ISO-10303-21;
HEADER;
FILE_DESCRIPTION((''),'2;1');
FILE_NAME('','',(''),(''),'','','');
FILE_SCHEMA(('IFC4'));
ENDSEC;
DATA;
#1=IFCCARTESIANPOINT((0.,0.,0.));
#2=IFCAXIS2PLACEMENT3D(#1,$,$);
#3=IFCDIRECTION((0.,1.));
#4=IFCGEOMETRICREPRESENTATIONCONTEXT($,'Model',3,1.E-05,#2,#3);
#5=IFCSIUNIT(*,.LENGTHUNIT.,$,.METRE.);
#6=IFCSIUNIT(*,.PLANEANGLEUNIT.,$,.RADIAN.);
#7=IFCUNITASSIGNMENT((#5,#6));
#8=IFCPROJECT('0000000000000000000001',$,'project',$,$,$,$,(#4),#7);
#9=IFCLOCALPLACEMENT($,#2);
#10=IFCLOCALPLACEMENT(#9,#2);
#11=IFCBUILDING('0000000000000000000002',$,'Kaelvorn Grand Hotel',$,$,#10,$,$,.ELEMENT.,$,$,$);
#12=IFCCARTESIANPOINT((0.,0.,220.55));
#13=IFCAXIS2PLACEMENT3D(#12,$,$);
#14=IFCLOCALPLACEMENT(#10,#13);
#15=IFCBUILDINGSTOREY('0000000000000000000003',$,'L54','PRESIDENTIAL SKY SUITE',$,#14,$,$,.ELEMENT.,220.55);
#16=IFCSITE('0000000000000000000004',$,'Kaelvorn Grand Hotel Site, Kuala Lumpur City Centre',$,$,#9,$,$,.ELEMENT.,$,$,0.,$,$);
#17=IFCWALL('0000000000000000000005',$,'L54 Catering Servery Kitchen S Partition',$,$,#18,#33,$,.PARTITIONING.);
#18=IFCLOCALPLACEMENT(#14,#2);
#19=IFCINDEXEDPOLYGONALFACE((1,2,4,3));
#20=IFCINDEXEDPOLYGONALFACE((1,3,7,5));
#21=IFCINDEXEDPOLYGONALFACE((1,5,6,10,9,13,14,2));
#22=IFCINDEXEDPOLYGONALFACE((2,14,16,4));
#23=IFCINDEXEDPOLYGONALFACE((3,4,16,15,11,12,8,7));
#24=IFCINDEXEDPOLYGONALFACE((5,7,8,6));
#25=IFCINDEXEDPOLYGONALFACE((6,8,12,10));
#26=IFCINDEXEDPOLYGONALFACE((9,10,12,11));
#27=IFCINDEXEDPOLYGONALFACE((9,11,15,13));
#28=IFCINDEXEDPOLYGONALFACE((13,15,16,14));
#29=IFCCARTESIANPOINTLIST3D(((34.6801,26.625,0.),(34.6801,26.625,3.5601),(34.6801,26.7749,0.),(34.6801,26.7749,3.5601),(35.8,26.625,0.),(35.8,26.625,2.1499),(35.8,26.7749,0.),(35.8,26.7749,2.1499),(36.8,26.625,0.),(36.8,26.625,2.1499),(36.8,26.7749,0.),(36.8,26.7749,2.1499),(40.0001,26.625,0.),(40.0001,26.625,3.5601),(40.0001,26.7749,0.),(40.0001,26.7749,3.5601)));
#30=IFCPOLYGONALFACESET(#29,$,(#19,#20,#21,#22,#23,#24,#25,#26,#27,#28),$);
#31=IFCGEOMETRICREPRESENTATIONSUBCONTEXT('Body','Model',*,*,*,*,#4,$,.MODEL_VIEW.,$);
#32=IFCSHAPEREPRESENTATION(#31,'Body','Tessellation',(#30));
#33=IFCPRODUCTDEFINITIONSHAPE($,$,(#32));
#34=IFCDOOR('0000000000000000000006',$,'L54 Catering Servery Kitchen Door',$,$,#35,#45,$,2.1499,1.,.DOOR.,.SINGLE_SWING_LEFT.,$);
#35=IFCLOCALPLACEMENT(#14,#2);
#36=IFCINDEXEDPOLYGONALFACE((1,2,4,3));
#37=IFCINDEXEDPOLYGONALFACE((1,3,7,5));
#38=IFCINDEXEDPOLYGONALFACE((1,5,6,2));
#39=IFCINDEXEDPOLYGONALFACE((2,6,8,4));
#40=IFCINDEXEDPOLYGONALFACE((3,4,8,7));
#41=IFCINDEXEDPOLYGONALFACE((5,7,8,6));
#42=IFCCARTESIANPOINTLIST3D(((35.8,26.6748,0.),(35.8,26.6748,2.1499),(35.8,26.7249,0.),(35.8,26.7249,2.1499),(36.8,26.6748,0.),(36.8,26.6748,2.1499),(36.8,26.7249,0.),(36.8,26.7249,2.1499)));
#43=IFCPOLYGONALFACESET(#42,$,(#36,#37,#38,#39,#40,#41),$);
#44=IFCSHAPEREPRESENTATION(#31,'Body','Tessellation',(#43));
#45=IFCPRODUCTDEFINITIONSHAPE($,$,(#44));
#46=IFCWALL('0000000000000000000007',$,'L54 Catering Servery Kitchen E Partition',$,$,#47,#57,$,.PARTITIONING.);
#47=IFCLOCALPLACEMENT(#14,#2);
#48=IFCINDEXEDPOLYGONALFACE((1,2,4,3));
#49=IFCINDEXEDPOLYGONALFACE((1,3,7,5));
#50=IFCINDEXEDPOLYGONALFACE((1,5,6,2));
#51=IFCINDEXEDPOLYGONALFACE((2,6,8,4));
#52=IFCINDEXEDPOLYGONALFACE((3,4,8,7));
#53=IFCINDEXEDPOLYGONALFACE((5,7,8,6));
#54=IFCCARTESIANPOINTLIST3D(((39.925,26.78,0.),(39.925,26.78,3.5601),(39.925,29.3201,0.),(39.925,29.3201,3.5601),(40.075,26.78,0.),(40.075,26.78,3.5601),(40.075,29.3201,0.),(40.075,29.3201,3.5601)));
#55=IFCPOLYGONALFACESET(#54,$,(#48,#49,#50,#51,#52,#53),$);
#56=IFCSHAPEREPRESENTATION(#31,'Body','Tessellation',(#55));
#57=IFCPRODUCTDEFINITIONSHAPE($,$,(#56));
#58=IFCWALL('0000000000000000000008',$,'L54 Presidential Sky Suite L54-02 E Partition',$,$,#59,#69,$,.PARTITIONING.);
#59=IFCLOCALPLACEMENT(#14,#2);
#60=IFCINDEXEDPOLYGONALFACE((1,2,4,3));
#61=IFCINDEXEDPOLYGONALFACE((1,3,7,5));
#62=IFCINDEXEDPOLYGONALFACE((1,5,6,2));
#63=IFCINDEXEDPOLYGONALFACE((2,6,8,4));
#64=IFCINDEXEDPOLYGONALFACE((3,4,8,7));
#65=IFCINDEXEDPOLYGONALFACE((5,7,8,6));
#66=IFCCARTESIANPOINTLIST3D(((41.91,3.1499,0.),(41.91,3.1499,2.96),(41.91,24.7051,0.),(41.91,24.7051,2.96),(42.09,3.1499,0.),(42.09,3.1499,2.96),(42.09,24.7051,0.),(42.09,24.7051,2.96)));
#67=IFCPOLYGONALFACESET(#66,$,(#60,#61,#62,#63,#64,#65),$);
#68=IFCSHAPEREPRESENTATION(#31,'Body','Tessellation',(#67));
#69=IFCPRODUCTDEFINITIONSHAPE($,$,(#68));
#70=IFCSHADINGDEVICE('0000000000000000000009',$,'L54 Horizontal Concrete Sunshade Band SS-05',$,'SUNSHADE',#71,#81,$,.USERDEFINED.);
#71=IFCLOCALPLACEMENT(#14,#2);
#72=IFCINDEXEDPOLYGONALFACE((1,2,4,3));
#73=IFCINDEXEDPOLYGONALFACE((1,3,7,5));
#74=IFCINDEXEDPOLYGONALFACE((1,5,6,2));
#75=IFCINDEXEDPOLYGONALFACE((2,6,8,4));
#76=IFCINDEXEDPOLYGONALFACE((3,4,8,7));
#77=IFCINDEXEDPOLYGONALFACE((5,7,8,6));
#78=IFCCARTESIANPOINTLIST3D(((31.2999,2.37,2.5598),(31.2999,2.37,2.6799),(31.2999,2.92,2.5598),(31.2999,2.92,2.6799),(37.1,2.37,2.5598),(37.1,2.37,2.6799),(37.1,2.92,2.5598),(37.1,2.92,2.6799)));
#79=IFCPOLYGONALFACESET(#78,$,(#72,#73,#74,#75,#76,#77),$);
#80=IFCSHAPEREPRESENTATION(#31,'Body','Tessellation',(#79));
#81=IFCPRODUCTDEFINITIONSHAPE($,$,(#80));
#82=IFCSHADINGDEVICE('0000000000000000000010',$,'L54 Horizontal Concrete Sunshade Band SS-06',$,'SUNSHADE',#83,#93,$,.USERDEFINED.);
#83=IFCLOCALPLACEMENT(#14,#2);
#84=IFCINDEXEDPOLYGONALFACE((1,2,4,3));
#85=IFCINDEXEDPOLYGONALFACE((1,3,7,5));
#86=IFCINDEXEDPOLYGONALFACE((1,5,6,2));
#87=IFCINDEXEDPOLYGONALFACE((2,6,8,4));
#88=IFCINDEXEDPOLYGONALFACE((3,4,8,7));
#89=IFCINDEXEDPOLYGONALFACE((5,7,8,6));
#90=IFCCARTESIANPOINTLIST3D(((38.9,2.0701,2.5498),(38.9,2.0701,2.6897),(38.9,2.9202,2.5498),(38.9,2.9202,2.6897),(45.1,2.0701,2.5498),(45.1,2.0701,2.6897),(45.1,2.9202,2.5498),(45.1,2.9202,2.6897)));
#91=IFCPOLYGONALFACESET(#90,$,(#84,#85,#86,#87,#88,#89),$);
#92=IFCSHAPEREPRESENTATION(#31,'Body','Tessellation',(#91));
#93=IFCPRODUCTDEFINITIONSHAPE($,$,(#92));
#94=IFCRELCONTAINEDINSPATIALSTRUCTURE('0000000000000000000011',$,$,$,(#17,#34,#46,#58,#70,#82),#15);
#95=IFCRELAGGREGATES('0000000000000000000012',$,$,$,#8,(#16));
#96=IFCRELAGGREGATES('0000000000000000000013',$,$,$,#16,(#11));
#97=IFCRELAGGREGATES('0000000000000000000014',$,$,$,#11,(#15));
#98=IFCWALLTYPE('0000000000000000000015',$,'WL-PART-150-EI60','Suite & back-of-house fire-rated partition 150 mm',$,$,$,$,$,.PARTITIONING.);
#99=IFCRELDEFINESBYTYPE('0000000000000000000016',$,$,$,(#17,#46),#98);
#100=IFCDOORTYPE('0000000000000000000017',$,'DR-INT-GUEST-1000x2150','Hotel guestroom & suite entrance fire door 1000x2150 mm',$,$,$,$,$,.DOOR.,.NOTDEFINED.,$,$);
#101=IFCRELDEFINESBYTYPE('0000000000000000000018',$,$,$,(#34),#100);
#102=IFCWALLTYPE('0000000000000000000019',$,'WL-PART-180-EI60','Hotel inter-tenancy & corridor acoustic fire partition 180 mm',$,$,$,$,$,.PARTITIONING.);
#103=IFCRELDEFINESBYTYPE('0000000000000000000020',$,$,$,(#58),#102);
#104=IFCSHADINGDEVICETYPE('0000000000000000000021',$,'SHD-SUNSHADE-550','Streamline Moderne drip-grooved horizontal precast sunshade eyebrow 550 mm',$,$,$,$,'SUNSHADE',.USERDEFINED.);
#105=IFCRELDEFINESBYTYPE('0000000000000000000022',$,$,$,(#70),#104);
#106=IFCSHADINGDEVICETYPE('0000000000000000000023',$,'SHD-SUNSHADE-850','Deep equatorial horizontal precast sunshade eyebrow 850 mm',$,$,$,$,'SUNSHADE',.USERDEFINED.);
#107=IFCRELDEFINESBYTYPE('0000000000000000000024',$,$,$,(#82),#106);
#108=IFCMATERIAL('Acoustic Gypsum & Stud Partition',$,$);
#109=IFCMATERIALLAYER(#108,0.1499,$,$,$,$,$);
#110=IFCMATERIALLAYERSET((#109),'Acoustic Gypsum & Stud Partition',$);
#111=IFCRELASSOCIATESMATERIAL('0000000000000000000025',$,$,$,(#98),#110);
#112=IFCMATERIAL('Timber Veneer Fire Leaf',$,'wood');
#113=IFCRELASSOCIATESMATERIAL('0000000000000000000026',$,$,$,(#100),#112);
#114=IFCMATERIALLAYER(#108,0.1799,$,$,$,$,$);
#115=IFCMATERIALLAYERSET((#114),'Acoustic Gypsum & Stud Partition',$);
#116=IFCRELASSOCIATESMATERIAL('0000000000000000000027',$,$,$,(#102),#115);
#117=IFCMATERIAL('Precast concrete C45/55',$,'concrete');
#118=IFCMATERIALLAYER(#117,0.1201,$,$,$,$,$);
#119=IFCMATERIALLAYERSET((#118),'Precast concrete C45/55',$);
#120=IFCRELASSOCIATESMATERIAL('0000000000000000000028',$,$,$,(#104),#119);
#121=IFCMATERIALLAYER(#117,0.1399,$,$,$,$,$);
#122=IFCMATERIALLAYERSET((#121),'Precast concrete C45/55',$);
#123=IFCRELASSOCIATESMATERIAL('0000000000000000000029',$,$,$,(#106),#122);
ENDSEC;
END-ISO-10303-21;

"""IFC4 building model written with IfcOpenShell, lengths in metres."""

from ifc_helpers import new_model, si_unit, direction, frame, frame_2d, origin, origin_2d, place, context, subcontext, project, spatial, rectangle, extrude, material, layer, layer_set, type_object, element, fill, save


model = new_model("IFC4")

# Units and contexts
model_context = context("Model", 3, precision=1e-05, world=origin(), true_north=direction((0.0, 1.0)))
body_context = subcontext(model_context, "Body", "Model", "MODEL_VIEW")
ifc_project = project(units=[si_unit("LENGTHUNIT", "METRE"), si_unit("PLANEANGLEUNIT", "RADIAN")], contexts=[model_context])

# Site, building, storey
site_placement = place(None, origin())
site = spatial("IfcSite", under=ifc_project, at=site_placement, Name="Kaelvorn Grand Hotel Site, Kuala Lumpur City Centre", CompositionType="ELEMENT", RefElevation=0.0)
building_placement = place(site_placement, origin())
building = spatial("IfcBuilding", under=site, at=building_placement, Name="Kaelvorn Grand Hotel", CompositionType="ELEMENT")
storey_placement = place(building_placement, frame((0.0, 0.0, 220.55)))
storey = spatial("IfcBuildingStorey", under=building, at=storey_placement, Name="L54", Description="PRESIDENTIAL SKY SUITE", CompositionType="ELEMENT", Elevation=220.55)

# Shared definitions
ifc_material_1 = material(Name="Acoustic Gypsum & Stud Partition")
ifc_layer_1 = layer(ifc_material_1, 0.1499)
ifc_layer_set_1 = layer_set([ifc_layer_1], Name="Acoustic Gypsum & Stud Partition")
wall_type_1 = type_object("IfcWallType", Name="WL-PART-150-EI60", Description="Suite & back-of-house fire-rated partition 150 mm", PredefinedType="PARTITIONING", material=ifc_layer_set_1)

# Wall, opening, door
wall_1_placement = place(storey_placement, frame((34.6799, 26.7, 0.0), z_axis=(0.0, 0.0, 1.0), x_axis=(1.0, 0.0, 0.0)))
wall_1 = element("IfcWall", 1, at=wall_1_placement, inside=storey, type_object=wall_type_1, Name="L54 Catering Servery Kitchen S Partition", PredefinedType="PARTITIONING", context=body_context, shape_type="SweptSolid", body=[
    extrude(rectangle(XDim=5.3201, YDim=0.1499, at=frame_2d((2.6602, 0.0))), origin(), (0.0, 0.0, 1.0), 3.5601),
])
opening_1_placement = place(wall_1_placement, frame((1.1201, 0.0, 0.0)))
opening_1 = element("IfcOpeningElement", 2, at=opening_1_placement, cuts=wall_1, PredefinedType="OPENING", context=body_context, shape_type="SweptSolid", body=[
    extrude(rectangle(XDim=1.0, YDim=2.1499, at=frame_2d((0.5, 1.075))), frame((0.0, 0.085, 0.0), z_axis=(0.0, -1.0, 0.0), x_axis=(1.0, 0.0, 0.0)), (0.0, 0.0, 1.0), 0.1699),
])
ifc_material_2 = material(Name="Timber Veneer Fire Leaf", Category="wood")
door_type_1 = type_object("IfcDoorType", Name="DR-INT-GUEST-1000x2150", Description="Hotel guestroom & suite entrance fire door 1000x2150 mm", OperationType="NOTDEFINED", PredefinedType="DOOR", material=ifc_material_2)
door_1_placement = place(opening_1_placement, origin())
door_1 = element("IfcDoor", 3, at=door_1_placement, inside=storey, type_object=door_type_1, Name="L54 Catering Servery Kitchen Door", OperationType="SINGLE_SWING_LEFT", OverallHeight=2.1499, OverallWidth=1.0, PredefinedType="DOOR", context=body_context, shape_type="SweptSolid", body=[
    extrude(rectangle(XDim=1.0, YDim=2.1499, at=frame_2d((0.5, 1.075))), frame((0.0, 0.0249, 0.0), z_axis=(0.0, -1.0, 0.0), x_axis=(1.0, 0.0, 0.0)), (0.0, 0.0, 1.0), 0.05),
])
fill(opening_1, door_1)

# Walls
wall_2_placement = place(storey_placement, frame((40.0, 26.78, 0.0), z_axis=(0.0, 0.0, 1.0), x_axis=(0.0, 1.0, 0.0)))
element("IfcWall", 4, at=wall_2_placement, inside=storey, type_object=wall_type_1, Name="L54 Catering Servery Kitchen E Partition", PredefinedType="PARTITIONING", context=body_context, shape_type="SweptSolid", body=[
    extrude(rectangle(XDim=2.54, YDim=0.1499, at=frame_2d((1.27, 0.0))), origin(), (0.0, 0.0, 1.0), 3.5601),
])
ifc_layer_2 = layer(ifc_material_1, 0.1799)
ifc_layer_set_2 = layer_set([ifc_layer_2], Name="Acoustic Gypsum & Stud Partition")
wall_type_2 = type_object("IfcWallType", Name="WL-PART-180-EI60", Description="Hotel inter-tenancy & corridor acoustic fire partition 180 mm", PredefinedType="PARTITIONING", material=ifc_layer_set_2)
wall_3_placement = place(storey_placement, frame((42.0, 3.1499, 0.0), z_axis=(0.0, 0.0, 1.0), x_axis=(0.0, 1.0, 0.0)))
element("IfcWall", 5, at=wall_3_placement, inside=storey, type_object=wall_type_2, Name="L54 Presidential Sky Suite L54-02 E Partition", PredefinedType="PARTITIONING", context=body_context, shape_type="SweptSolid", body=[
    extrude(rectangle(XDim=21.5552, YDim=0.1799, at=frame_2d((10.7776, 0.0))), origin(), (0.0, 0.0, 1.0), 2.96),
])

# Shading devices
ifc_material_3 = material(Name="Precast concrete C45/55", Category="concrete")
ifc_layer_3 = layer(ifc_material_3, 0.1201)
ifc_layer_set_3 = layer_set([ifc_layer_3], Name="Precast concrete C45/55")
shading_device_type_1 = type_object("IfcShadingDeviceType", Name="SHD-SUNSHADE-550", Description="Streamline Moderne drip-grooved horizontal precast sunshade eyebrow 550 mm", ElementType="SUNSHADE", PredefinedType="USERDEFINED", material=ifc_layer_set_3)
shading_device_1_placement = place(storey_placement, frame((34.2, 2.645, 2.5598), z_axis=(0.0, 0.0, 1.0), x_axis=(1.0, 0.0, 0.0)))
element("IfcShadingDevice", 6, at=shading_device_1_placement, inside=storey, type_object=shading_device_type_1, Name="L54 Horizontal Concrete Sunshade Band SS-05", ObjectType="SUNSHADE", PredefinedType="USERDEFINED", context=body_context, shape_type="SweptSolid", body=[
    extrude(rectangle(XDim=5.8, YDim=0.55, at=origin_2d()), origin(), (0.0, 0.0, 1.0), 0.1201),
])
ifc_layer_4 = layer(ifc_material_3, 0.1399)
ifc_layer_set_4 = layer_set([ifc_layer_4], Name="Precast concrete C45/55")
shading_device_type_2 = type_object("IfcShadingDeviceType", Name="SHD-SUNSHADE-850", Description="Deep equatorial horizontal precast sunshade eyebrow 850 mm", ElementType="SUNSHADE", PredefinedType="USERDEFINED", material=ifc_layer_set_4)
shading_device_2_placement = place(storey_placement, frame((42.0, 2.4951, 2.5498), z_axis=(0.0, 0.0, 1.0), x_axis=(1.0, 0.0, 0.0)))
element("IfcShadingDevice", 7, at=shading_device_2_placement, inside=storey, type_object=shading_device_type_2, Name="L54 Horizontal Concrete Sunshade Band SS-06", ObjectType="SUNSHADE", PredefinedType="USERDEFINED", context=body_context, shape_type="SweptSolid", body=[
    extrude(rectangle(XDim=6.2, YDim=0.8501, at=origin_2d()), origin(), (0.0, 0.0, 1.0), 0.1399),
])

save(model, "model.ifc")
